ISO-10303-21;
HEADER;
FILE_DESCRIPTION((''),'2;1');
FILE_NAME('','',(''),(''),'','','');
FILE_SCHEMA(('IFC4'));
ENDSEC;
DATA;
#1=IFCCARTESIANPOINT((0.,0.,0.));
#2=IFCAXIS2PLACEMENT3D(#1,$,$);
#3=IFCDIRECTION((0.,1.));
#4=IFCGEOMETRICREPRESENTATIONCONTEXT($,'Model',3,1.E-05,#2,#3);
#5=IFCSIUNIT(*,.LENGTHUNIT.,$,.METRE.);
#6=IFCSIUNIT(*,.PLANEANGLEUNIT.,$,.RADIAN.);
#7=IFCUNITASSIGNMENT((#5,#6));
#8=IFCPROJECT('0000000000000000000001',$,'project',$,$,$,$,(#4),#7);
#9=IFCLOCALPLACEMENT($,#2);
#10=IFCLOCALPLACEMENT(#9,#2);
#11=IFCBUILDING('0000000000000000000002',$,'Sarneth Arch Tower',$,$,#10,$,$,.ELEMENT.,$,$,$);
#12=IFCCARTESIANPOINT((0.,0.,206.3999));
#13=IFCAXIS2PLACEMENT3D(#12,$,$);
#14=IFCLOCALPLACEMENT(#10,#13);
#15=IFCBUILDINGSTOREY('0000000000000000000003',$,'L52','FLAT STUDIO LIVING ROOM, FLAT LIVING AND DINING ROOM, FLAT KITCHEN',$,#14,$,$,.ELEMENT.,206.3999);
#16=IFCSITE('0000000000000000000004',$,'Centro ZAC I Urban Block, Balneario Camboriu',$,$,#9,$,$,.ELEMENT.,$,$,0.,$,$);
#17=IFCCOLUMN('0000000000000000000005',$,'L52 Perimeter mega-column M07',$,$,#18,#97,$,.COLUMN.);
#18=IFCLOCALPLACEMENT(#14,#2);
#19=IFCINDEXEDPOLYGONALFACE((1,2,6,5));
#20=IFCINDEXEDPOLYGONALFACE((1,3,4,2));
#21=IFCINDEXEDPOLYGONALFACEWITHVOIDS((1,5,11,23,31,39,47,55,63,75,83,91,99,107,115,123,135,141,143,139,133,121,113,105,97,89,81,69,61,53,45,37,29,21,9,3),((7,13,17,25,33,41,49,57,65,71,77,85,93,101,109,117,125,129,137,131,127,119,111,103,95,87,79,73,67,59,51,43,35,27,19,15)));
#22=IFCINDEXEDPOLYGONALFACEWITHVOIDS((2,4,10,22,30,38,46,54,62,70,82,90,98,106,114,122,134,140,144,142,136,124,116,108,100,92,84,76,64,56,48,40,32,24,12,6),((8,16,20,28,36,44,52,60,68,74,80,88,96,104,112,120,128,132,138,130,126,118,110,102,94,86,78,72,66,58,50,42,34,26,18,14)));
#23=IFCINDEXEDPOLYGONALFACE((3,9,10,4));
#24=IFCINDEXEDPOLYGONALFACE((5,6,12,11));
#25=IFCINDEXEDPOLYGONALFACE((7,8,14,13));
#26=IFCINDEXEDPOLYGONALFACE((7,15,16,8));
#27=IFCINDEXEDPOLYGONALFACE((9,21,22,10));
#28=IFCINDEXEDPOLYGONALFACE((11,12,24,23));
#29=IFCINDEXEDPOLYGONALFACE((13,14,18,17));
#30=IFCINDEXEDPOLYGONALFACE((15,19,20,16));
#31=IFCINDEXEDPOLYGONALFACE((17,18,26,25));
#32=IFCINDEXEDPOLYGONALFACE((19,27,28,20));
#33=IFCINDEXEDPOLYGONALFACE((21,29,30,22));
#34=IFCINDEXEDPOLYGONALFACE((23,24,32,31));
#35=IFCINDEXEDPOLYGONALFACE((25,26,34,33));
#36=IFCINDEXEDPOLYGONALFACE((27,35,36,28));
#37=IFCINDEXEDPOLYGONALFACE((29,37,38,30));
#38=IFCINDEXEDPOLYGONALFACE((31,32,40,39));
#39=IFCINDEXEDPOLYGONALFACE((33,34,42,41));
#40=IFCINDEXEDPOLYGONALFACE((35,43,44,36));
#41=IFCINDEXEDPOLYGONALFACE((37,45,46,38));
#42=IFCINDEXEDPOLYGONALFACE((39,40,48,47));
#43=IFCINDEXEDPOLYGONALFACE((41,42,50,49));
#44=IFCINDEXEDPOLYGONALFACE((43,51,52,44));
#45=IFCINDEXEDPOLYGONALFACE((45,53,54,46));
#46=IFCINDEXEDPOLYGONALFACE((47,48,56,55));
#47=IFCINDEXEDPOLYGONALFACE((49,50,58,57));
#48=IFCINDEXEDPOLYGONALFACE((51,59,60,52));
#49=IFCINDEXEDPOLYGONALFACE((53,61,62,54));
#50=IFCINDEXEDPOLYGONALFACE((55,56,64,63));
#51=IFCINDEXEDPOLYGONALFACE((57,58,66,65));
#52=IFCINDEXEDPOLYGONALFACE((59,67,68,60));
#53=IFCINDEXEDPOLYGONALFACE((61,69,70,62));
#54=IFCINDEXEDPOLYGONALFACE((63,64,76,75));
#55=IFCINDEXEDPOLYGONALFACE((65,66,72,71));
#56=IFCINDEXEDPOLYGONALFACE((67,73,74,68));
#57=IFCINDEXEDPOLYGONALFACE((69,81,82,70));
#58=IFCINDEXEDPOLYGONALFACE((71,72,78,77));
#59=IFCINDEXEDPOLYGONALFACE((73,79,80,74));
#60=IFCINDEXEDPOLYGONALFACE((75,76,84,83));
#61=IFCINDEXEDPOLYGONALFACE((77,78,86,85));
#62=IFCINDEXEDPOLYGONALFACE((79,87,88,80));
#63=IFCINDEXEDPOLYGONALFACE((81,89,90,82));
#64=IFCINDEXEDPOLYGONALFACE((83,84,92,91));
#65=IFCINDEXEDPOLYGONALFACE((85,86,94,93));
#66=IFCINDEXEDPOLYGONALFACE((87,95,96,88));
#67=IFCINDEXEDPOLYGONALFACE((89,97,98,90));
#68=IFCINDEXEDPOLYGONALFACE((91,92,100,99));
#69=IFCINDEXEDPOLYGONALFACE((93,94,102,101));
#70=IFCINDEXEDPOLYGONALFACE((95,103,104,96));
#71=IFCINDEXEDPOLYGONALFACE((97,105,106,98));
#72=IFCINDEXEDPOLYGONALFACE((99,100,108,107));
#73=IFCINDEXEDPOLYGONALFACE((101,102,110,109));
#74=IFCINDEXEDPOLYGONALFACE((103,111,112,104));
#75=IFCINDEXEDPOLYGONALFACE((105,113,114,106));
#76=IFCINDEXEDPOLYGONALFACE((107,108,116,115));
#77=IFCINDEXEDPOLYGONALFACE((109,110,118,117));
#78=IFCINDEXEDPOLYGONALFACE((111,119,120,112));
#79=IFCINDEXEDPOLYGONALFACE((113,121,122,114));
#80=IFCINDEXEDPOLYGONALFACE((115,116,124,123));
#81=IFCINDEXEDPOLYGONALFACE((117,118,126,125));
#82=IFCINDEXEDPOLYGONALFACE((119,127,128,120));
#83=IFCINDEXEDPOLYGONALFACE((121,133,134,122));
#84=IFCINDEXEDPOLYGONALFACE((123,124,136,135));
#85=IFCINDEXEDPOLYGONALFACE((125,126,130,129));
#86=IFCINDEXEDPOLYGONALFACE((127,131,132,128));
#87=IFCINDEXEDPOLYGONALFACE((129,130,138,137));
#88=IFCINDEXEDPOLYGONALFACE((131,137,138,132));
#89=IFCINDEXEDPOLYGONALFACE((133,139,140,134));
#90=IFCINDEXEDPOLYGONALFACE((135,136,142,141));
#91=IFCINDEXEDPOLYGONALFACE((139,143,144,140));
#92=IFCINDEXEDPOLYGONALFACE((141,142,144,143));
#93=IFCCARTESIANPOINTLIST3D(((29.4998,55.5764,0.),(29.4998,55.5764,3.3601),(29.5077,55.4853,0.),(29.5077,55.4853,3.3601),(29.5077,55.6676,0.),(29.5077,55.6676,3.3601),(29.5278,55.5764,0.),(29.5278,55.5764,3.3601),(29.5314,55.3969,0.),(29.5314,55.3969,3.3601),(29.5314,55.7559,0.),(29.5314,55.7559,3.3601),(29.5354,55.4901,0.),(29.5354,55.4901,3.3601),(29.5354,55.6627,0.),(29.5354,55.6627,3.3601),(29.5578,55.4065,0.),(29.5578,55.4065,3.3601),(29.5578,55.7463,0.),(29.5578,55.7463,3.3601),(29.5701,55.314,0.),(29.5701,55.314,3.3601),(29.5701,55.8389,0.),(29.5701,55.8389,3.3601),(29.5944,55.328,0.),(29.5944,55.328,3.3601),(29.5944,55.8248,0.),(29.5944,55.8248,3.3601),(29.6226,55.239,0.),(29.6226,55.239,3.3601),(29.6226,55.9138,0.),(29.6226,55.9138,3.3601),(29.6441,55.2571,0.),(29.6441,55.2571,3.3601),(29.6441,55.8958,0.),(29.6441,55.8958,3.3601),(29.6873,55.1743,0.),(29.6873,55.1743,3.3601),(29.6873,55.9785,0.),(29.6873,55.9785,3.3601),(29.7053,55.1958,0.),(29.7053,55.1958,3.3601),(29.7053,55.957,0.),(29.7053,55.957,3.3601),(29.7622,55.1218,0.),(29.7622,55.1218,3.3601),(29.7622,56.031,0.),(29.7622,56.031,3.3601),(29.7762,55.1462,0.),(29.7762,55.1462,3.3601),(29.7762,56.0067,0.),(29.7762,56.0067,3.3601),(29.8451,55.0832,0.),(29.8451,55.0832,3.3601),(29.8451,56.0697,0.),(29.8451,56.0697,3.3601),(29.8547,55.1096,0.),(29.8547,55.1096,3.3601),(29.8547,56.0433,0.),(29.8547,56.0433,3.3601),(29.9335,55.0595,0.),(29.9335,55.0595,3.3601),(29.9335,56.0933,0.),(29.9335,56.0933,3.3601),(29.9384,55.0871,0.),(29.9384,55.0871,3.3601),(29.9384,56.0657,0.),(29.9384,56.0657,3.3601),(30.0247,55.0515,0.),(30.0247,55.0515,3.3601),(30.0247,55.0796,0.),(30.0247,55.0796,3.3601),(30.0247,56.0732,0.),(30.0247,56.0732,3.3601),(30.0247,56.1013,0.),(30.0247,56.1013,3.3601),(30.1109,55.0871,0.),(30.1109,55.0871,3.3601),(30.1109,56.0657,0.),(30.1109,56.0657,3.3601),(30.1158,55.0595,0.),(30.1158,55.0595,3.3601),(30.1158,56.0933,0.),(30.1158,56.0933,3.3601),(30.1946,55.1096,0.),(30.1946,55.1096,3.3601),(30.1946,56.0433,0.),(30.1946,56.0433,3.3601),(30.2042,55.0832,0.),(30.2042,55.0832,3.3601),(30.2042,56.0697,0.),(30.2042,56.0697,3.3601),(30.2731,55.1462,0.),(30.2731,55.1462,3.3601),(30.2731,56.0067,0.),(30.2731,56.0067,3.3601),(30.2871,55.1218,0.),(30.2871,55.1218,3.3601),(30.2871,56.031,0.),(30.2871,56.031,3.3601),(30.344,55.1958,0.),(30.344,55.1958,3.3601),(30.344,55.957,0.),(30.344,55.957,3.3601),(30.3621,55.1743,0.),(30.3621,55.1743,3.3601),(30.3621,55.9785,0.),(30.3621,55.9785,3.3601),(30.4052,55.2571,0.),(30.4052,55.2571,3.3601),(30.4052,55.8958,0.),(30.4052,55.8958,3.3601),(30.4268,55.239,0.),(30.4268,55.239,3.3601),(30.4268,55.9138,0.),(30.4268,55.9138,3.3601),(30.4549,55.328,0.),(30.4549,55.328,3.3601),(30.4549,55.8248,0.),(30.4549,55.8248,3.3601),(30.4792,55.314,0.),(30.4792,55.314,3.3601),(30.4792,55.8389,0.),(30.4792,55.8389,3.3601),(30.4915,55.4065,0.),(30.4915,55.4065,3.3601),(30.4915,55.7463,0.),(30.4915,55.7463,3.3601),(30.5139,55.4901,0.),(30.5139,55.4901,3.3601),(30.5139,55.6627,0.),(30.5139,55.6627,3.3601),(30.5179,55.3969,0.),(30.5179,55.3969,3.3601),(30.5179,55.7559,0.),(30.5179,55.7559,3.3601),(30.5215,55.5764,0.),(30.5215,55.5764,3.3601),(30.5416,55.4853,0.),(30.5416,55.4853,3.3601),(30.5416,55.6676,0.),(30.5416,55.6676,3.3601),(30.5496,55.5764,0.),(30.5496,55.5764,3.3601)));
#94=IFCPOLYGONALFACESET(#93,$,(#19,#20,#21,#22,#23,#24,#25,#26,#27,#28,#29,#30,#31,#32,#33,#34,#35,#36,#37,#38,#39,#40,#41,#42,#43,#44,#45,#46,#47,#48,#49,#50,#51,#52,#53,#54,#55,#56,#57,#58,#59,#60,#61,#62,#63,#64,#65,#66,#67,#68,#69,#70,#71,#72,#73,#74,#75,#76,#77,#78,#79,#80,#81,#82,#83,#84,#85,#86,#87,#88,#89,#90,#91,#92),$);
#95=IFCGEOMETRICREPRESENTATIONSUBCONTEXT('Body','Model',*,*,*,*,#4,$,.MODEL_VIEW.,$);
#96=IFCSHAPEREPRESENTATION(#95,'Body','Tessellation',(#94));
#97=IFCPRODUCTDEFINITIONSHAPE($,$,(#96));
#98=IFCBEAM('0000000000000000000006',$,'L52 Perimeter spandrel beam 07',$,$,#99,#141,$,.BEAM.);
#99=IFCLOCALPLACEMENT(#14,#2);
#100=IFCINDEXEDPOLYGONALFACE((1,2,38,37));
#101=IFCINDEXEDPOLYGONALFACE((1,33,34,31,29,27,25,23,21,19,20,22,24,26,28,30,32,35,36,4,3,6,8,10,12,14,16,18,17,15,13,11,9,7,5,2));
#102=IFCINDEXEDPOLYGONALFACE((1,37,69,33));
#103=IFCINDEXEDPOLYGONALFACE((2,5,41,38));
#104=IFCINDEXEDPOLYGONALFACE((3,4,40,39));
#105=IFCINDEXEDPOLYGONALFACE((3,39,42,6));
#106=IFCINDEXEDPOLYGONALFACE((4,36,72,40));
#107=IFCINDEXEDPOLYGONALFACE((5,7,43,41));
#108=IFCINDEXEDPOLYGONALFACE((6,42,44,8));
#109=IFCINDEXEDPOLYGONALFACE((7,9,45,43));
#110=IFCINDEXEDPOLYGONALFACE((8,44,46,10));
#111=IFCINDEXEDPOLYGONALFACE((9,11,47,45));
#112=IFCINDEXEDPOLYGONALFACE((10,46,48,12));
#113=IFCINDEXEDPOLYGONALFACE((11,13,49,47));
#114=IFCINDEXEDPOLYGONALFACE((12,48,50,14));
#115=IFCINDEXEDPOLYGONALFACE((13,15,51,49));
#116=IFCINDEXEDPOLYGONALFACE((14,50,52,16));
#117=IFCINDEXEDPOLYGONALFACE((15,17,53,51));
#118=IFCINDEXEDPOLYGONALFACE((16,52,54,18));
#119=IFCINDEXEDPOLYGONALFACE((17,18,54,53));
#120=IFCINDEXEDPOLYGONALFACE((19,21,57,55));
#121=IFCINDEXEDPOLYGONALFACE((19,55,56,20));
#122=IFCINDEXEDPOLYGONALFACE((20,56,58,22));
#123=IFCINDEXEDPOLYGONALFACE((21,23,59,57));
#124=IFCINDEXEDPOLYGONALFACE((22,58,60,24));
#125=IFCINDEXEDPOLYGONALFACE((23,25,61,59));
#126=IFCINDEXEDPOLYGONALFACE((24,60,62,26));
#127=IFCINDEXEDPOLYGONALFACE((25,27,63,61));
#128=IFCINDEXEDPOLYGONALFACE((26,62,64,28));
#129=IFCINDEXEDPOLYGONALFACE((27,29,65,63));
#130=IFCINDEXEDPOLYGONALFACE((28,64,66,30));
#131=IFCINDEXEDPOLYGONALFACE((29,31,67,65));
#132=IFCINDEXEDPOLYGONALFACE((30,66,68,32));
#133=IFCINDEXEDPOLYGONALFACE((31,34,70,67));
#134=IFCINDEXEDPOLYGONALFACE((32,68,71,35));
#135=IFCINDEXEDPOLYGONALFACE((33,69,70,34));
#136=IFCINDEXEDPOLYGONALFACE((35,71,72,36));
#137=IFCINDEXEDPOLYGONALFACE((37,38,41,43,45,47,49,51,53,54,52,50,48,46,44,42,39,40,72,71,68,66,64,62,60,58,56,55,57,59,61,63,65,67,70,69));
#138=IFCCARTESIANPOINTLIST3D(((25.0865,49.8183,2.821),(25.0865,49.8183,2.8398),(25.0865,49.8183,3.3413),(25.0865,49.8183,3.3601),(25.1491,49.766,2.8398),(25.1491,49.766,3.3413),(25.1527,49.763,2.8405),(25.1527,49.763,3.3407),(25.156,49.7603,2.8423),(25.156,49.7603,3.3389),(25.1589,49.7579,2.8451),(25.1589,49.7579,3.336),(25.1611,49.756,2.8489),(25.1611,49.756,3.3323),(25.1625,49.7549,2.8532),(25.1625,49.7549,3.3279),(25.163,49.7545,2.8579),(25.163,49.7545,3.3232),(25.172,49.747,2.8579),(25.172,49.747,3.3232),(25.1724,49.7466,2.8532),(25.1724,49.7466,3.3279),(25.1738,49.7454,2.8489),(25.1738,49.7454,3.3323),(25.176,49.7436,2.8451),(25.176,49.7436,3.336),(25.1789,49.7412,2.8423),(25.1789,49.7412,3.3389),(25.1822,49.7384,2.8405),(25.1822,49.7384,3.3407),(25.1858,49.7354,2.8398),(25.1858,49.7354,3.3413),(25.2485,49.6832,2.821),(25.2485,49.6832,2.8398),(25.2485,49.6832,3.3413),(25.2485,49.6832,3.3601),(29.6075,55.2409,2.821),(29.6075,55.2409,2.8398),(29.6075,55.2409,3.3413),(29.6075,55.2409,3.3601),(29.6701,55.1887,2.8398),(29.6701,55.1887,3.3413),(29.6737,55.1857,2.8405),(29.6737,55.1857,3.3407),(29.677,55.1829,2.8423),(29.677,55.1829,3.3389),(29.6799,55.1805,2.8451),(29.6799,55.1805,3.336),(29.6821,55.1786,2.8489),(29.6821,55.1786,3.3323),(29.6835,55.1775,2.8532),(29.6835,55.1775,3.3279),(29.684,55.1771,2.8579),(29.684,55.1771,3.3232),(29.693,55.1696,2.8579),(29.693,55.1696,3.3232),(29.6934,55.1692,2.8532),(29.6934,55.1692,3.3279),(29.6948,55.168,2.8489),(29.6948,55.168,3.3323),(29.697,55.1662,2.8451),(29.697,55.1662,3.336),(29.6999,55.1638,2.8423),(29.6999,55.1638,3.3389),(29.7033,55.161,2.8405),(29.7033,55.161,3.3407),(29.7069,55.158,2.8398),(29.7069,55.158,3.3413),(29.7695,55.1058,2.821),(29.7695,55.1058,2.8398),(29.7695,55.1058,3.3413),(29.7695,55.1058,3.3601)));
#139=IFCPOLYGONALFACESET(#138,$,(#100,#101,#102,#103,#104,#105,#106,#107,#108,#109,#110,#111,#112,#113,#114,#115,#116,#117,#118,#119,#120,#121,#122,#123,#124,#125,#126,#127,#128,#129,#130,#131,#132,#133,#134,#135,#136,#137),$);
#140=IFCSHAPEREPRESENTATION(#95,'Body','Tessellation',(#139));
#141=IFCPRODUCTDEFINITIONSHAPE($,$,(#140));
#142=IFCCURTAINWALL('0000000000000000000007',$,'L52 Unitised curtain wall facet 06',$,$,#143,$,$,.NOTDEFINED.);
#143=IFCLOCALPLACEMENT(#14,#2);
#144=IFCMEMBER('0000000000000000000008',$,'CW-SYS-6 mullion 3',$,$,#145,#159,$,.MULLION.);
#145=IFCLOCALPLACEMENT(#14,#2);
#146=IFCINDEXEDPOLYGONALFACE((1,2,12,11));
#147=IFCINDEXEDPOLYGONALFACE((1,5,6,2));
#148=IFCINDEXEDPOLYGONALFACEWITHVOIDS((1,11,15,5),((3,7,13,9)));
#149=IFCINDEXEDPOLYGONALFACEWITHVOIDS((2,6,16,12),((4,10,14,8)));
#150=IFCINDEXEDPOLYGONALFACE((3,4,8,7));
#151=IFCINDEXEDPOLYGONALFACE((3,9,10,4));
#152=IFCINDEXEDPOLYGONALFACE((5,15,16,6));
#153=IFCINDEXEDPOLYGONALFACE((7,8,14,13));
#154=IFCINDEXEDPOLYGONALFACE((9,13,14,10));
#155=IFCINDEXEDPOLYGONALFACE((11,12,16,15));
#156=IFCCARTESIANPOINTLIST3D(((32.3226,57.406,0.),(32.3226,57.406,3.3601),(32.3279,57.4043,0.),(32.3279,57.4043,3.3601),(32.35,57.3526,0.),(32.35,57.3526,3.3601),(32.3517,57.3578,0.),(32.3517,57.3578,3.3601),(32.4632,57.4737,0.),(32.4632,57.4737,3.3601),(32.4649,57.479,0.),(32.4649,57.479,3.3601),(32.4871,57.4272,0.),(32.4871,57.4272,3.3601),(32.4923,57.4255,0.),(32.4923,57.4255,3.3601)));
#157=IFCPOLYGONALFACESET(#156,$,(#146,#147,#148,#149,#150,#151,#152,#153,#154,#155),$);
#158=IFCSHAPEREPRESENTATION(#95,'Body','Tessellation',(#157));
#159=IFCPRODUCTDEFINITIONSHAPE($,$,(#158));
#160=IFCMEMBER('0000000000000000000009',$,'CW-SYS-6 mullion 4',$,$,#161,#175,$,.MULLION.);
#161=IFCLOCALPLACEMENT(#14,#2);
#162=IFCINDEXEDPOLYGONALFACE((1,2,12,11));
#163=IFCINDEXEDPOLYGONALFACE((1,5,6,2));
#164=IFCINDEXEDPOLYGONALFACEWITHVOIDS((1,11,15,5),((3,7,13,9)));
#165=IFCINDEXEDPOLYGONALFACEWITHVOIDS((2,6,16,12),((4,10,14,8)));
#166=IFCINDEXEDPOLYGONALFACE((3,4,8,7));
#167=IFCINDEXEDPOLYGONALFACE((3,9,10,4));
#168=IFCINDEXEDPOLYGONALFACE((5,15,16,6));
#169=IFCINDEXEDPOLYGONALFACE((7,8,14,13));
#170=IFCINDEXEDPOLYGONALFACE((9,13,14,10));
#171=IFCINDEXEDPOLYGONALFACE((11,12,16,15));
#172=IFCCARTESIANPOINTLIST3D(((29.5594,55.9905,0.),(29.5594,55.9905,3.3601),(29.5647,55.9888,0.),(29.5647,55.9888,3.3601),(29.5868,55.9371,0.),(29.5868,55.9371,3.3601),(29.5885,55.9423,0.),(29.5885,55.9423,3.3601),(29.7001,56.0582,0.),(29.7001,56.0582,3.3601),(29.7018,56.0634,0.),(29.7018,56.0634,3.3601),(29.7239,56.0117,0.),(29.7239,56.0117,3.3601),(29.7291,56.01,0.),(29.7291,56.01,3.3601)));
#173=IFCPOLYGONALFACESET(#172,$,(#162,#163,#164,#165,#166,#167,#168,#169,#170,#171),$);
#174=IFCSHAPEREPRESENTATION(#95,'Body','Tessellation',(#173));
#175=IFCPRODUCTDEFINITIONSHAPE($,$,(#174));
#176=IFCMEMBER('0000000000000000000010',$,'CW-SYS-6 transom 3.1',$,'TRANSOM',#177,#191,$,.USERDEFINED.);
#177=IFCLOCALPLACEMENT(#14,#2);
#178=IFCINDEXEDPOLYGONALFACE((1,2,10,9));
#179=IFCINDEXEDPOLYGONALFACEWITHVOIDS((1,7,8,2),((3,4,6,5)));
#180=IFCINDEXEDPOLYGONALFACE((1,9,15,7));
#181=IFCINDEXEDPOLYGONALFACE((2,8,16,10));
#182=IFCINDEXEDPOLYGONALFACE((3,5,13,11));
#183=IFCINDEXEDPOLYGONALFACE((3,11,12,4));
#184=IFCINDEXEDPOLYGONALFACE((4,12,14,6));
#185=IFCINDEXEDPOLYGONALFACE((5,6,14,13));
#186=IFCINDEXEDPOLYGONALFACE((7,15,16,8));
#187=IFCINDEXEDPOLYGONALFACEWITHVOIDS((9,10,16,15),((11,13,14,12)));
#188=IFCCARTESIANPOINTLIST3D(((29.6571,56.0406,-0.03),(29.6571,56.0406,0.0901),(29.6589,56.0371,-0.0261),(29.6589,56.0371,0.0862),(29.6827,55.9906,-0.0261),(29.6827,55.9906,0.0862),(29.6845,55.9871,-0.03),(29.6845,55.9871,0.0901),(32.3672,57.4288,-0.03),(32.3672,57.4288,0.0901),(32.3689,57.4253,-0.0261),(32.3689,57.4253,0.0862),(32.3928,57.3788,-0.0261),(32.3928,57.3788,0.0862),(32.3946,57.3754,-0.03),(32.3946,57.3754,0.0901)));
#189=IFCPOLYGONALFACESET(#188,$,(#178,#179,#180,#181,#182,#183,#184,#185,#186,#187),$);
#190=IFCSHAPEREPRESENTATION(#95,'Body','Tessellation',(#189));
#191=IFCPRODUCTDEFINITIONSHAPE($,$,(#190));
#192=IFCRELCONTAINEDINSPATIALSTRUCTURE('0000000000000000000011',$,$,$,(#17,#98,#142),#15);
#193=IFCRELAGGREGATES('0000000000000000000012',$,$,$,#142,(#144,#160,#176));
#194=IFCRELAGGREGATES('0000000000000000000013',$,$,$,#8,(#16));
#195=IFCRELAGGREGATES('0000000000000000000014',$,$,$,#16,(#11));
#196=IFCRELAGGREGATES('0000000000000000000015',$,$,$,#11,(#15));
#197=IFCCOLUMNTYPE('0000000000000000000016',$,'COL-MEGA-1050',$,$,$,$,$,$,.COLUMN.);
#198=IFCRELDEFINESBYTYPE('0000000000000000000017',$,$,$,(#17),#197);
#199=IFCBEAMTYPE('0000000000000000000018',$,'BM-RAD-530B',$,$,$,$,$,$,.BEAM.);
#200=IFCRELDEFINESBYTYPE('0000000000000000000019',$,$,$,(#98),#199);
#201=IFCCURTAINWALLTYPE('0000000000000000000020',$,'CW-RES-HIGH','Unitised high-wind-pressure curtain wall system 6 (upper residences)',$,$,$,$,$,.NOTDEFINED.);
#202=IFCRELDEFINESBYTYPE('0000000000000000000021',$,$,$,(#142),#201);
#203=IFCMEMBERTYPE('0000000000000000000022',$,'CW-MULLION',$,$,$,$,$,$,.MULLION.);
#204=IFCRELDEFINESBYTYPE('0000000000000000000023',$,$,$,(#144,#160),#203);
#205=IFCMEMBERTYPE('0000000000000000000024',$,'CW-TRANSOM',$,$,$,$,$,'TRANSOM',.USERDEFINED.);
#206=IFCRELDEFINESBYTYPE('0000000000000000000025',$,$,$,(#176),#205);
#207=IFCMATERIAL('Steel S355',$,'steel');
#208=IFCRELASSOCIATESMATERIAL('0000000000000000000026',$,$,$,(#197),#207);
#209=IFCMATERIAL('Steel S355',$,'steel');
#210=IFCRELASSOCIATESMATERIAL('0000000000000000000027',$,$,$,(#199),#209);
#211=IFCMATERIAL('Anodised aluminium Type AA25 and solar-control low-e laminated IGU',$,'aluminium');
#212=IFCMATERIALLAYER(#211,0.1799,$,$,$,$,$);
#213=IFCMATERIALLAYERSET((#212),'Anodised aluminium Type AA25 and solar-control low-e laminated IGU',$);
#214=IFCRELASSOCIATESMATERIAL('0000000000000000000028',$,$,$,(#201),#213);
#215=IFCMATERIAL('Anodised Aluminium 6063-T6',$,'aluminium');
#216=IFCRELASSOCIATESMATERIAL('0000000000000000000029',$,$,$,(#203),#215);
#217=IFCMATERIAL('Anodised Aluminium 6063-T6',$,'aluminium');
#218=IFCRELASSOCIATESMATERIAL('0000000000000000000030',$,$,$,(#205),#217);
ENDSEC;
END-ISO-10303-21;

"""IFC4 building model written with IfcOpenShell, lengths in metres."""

from ifc_helpers import new_model, si_unit, direction, frame, origin, origin_2d, place, context, subcontext, project, spatial, hollow_rectangle, hollow_circle, i_section, extrude, material, layer, layer_set, material_profile, profile_set, type_object, element, aggregate, save


model = new_model("IFC4")

# Units and contexts
model_context = context("Model", 3, precision=1e-05, world=origin(), true_north=direction((0.0, 1.0)))
body_context = subcontext(model_context, "Body", "Model", "MODEL_VIEW")
ifc_project = project(units=[si_unit("LENGTHUNIT", "METRE"), si_unit("PLANEANGLEUNIT", "RADIAN")], contexts=[model_context])

# Site, building, storey
site_placement = place(None, origin())
site = spatial("IfcSite", under=ifc_project, at=site_placement, Name="Centro ZAC I Urban Block, Balneario Camboriu", CompositionType="ELEMENT", RefElevation=0.0)
building_placement = place(site_placement, origin())
building = spatial("IfcBuilding", under=site, at=building_placement, Name="Sarneth Arch Tower", CompositionType="ELEMENT")
storey_placement = place(building_placement, frame((0.0, 0.0, 206.3999)))
storey = spatial("IfcBuildingStorey", under=building, at=storey_placement, Name="L52", Description="FLAT STUDIO LIVING ROOM, FLAT LIVING AND DINING ROOM, FLAT KITCHEN", CompositionType="ELEMENT", Elevation=206.3999)

# Column
ifc_material_1 = material(Name="Steel S355", Category="steel")
ifc_material_profile_1 = material_profile(ifc_material_1, hollow_circle(Radius=0.5249, WallThickness=0.0281, at=origin_2d()), Name="CHS1050x28")
ifc_profile_set_1 = profile_set([ifc_material_profile_1], Name="Steel S355")
column_type = type_object("IfcColumnType", Name="COL-MEGA-1050", PredefinedType="COLUMN", material=ifc_profile_set_1)
column_placement = place(storey_placement, frame((30.0247, 55.5764, 0.0), z_axis=(0.0, 0.0, 1.0), x_axis=(1.0, 0.0, 0.0)))
element("IfcColumn", 1, at=column_placement, inside=storey, type_object=column_type, Name="L52 Perimeter mega-column M07", PredefinedType="COLUMN", context=body_context, shape_type="SweptSolid", body=[
    extrude(hollow_circle(Radius=0.5249, WallThickness=0.0281, at=origin_2d()), origin(), (0.0, 0.0, 1.0), 3.3601),
])

# Beam
ifc_material_2 = material(Name="Steel S355", Category="steel")
ifc_material_profile_2 = material_profile(ifc_material_2, i_section(OverallWidth=0.2109, OverallDepth=0.5391, WebThickness=0.0117, FlangeThickness=0.0188, FilletRadius=0.0181, at=origin_2d()), Name="W530x109")
ifc_profile_set_2 = profile_set([ifc_material_profile_2], Name="Steel S355")
beam_type = type_object("IfcBeamType", Name="BM-RAD-530B", PredefinedType="BEAM", material=ifc_profile_set_2)
beam_placement = place(storey_placement, frame((29.6885, 55.1733, 3.0906), z_axis=(-0.640365, -0.768071, 0.0), x_axis=(0.768071, -0.640365, 0.0)))
element("IfcBeam", 2, at=beam_placement, inside=storey, type_object=beam_type, Name="L52 Perimeter spandrel beam 07", PredefinedType="BEAM", context=body_context, shape_type="SweptSolid", body=[
    extrude(i_section(OverallWidth=0.2109, OverallDepth=0.5391, WebThickness=0.0117, FlangeThickness=0.0188, FilletRadius=0.0181, at=origin_2d()), origin(), (0.0, 0.0, 1.0), 7.0601),
])

# Curtain wall, members
ifc_material_3 = material(Name="Anodised aluminium Type AA25 and solar-control low-e laminated IGU", Category="aluminium")
ifc_layer_1 = layer(ifc_material_3, 0.1799)
ifc_layer_set_1 = layer_set([ifc_layer_1], Name="Anodised aluminium Type AA25 and solar-control low-e laminated IGU")
curtain_wall_type = type_object("IfcCurtainWallType", Name="CW-RES-HIGH", Description="Unitised high-wind-pressure curtain wall system 6 (upper residences)", PredefinedType="NOTDEFINED", material=ifc_layer_set_1)
curtain_wall_placement = place(storey_placement, origin())
curtain_wall = element("IfcCurtainWall", 3, at=curtain_wall_placement, inside=storey, type_object=curtain_wall_type, Name="L52 Unitised curtain wall facet 06", PredefinedType="NOTDEFINED")
ifc_material_4 = material(Name="Anodised Aluminium 6063-T6", Category="aluminium")
ifc_material_profile_3 = material_profile(ifc_material_4, hollow_rectangle(XDim=0.0601, YDim=0.1599, WallThickness=0.0039, at=origin_2d()), Name="AL-MULL-160x60x4")
ifc_profile_set_3 = profile_set([ifc_material_profile_3], Name="Anodised Aluminium 6063-T6")
member_type_1 = type_object("IfcMemberType", Name="CW-MULLION", PredefinedType="MULLION", material=ifc_profile_set_3)
member_1_placement = place(storey_placement, frame((32.4075, 57.4158, 0.0), z_axis=(0.0, 0.0, 1.0), x_axis=(0.455942, -0.89001, 0.0)))
member_1 = element("IfcMember", 4, at=member_1_placement, type_object=member_type_1, Name="CW-SYS-6 mullion 3", PredefinedType="MULLION", context=body_context, shape_type="SweptSolid", body=[
    extrude(hollow_rectangle(XDim=0.0601, YDim=0.1599, WallThickness=0.0039, at=origin_2d()), origin(), (0.0, 0.0, 1.0), 3.3601),
])
member_2_placement = place(storey_placement, frame((29.6443, 56.0002, 0.0), z_axis=(0.0, 0.0, 1.0), x_axis=(0.455942, -0.89001, 0.0)))
member_2 = element("IfcMember", 5, at=member_2_placement, type_object=member_type_1, Name="CW-SYS-6 mullion 4", PredefinedType="MULLION", context=body_context, shape_type="SweptSolid", body=[
    extrude(hollow_rectangle(XDim=0.0601, YDim=0.1599, WallThickness=0.0039, at=origin_2d()), origin(), (0.0, 0.0, 1.0), 3.3601),
])
ifc_material_5 = material(Name="Anodised Aluminium 6063-T6", Category="aluminium")
ifc_material_profile_4 = material_profile(ifc_material_5, hollow_rectangle(XDim=0.0601, YDim=0.1201, WallThickness=0.0039, at=origin_2d()), Name="AL-TRAN-120x60x4")
ifc_profile_set_4 = profile_set([ifc_material_profile_4], Name="Anodised Aluminium 6063-T6")
member_type_2 = type_object("IfcMemberType", Name="CW-TRANSOM", ElementType="TRANSOM", PredefinedType="USERDEFINED", material=ifc_profile_set_4)
member_3_placement = place(storey_placement, frame((32.3809, 57.4021, 0.03), z_axis=(-0.890023, -0.455916, 0.0), x_axis=(0.455916, -0.890023, 0.0)))
member_3 = element("IfcMember", 6, at=member_3_placement, type_object=member_type_2, Name="CW-SYS-6 transom 3.1", ObjectType="TRANSOM", PredefinedType="USERDEFINED", context=body_context, shape_type="SweptSolid", body=[
    extrude(hollow_rectangle(XDim=0.0601, YDim=0.1201, WallThickness=0.0039, at=origin_2d()), origin(), (0.0, 0.0, 1.0), 3.0449),
])

aggregate(curtain_wall, [member_1, member_2, member_3])

save(model, "model.ifc")
